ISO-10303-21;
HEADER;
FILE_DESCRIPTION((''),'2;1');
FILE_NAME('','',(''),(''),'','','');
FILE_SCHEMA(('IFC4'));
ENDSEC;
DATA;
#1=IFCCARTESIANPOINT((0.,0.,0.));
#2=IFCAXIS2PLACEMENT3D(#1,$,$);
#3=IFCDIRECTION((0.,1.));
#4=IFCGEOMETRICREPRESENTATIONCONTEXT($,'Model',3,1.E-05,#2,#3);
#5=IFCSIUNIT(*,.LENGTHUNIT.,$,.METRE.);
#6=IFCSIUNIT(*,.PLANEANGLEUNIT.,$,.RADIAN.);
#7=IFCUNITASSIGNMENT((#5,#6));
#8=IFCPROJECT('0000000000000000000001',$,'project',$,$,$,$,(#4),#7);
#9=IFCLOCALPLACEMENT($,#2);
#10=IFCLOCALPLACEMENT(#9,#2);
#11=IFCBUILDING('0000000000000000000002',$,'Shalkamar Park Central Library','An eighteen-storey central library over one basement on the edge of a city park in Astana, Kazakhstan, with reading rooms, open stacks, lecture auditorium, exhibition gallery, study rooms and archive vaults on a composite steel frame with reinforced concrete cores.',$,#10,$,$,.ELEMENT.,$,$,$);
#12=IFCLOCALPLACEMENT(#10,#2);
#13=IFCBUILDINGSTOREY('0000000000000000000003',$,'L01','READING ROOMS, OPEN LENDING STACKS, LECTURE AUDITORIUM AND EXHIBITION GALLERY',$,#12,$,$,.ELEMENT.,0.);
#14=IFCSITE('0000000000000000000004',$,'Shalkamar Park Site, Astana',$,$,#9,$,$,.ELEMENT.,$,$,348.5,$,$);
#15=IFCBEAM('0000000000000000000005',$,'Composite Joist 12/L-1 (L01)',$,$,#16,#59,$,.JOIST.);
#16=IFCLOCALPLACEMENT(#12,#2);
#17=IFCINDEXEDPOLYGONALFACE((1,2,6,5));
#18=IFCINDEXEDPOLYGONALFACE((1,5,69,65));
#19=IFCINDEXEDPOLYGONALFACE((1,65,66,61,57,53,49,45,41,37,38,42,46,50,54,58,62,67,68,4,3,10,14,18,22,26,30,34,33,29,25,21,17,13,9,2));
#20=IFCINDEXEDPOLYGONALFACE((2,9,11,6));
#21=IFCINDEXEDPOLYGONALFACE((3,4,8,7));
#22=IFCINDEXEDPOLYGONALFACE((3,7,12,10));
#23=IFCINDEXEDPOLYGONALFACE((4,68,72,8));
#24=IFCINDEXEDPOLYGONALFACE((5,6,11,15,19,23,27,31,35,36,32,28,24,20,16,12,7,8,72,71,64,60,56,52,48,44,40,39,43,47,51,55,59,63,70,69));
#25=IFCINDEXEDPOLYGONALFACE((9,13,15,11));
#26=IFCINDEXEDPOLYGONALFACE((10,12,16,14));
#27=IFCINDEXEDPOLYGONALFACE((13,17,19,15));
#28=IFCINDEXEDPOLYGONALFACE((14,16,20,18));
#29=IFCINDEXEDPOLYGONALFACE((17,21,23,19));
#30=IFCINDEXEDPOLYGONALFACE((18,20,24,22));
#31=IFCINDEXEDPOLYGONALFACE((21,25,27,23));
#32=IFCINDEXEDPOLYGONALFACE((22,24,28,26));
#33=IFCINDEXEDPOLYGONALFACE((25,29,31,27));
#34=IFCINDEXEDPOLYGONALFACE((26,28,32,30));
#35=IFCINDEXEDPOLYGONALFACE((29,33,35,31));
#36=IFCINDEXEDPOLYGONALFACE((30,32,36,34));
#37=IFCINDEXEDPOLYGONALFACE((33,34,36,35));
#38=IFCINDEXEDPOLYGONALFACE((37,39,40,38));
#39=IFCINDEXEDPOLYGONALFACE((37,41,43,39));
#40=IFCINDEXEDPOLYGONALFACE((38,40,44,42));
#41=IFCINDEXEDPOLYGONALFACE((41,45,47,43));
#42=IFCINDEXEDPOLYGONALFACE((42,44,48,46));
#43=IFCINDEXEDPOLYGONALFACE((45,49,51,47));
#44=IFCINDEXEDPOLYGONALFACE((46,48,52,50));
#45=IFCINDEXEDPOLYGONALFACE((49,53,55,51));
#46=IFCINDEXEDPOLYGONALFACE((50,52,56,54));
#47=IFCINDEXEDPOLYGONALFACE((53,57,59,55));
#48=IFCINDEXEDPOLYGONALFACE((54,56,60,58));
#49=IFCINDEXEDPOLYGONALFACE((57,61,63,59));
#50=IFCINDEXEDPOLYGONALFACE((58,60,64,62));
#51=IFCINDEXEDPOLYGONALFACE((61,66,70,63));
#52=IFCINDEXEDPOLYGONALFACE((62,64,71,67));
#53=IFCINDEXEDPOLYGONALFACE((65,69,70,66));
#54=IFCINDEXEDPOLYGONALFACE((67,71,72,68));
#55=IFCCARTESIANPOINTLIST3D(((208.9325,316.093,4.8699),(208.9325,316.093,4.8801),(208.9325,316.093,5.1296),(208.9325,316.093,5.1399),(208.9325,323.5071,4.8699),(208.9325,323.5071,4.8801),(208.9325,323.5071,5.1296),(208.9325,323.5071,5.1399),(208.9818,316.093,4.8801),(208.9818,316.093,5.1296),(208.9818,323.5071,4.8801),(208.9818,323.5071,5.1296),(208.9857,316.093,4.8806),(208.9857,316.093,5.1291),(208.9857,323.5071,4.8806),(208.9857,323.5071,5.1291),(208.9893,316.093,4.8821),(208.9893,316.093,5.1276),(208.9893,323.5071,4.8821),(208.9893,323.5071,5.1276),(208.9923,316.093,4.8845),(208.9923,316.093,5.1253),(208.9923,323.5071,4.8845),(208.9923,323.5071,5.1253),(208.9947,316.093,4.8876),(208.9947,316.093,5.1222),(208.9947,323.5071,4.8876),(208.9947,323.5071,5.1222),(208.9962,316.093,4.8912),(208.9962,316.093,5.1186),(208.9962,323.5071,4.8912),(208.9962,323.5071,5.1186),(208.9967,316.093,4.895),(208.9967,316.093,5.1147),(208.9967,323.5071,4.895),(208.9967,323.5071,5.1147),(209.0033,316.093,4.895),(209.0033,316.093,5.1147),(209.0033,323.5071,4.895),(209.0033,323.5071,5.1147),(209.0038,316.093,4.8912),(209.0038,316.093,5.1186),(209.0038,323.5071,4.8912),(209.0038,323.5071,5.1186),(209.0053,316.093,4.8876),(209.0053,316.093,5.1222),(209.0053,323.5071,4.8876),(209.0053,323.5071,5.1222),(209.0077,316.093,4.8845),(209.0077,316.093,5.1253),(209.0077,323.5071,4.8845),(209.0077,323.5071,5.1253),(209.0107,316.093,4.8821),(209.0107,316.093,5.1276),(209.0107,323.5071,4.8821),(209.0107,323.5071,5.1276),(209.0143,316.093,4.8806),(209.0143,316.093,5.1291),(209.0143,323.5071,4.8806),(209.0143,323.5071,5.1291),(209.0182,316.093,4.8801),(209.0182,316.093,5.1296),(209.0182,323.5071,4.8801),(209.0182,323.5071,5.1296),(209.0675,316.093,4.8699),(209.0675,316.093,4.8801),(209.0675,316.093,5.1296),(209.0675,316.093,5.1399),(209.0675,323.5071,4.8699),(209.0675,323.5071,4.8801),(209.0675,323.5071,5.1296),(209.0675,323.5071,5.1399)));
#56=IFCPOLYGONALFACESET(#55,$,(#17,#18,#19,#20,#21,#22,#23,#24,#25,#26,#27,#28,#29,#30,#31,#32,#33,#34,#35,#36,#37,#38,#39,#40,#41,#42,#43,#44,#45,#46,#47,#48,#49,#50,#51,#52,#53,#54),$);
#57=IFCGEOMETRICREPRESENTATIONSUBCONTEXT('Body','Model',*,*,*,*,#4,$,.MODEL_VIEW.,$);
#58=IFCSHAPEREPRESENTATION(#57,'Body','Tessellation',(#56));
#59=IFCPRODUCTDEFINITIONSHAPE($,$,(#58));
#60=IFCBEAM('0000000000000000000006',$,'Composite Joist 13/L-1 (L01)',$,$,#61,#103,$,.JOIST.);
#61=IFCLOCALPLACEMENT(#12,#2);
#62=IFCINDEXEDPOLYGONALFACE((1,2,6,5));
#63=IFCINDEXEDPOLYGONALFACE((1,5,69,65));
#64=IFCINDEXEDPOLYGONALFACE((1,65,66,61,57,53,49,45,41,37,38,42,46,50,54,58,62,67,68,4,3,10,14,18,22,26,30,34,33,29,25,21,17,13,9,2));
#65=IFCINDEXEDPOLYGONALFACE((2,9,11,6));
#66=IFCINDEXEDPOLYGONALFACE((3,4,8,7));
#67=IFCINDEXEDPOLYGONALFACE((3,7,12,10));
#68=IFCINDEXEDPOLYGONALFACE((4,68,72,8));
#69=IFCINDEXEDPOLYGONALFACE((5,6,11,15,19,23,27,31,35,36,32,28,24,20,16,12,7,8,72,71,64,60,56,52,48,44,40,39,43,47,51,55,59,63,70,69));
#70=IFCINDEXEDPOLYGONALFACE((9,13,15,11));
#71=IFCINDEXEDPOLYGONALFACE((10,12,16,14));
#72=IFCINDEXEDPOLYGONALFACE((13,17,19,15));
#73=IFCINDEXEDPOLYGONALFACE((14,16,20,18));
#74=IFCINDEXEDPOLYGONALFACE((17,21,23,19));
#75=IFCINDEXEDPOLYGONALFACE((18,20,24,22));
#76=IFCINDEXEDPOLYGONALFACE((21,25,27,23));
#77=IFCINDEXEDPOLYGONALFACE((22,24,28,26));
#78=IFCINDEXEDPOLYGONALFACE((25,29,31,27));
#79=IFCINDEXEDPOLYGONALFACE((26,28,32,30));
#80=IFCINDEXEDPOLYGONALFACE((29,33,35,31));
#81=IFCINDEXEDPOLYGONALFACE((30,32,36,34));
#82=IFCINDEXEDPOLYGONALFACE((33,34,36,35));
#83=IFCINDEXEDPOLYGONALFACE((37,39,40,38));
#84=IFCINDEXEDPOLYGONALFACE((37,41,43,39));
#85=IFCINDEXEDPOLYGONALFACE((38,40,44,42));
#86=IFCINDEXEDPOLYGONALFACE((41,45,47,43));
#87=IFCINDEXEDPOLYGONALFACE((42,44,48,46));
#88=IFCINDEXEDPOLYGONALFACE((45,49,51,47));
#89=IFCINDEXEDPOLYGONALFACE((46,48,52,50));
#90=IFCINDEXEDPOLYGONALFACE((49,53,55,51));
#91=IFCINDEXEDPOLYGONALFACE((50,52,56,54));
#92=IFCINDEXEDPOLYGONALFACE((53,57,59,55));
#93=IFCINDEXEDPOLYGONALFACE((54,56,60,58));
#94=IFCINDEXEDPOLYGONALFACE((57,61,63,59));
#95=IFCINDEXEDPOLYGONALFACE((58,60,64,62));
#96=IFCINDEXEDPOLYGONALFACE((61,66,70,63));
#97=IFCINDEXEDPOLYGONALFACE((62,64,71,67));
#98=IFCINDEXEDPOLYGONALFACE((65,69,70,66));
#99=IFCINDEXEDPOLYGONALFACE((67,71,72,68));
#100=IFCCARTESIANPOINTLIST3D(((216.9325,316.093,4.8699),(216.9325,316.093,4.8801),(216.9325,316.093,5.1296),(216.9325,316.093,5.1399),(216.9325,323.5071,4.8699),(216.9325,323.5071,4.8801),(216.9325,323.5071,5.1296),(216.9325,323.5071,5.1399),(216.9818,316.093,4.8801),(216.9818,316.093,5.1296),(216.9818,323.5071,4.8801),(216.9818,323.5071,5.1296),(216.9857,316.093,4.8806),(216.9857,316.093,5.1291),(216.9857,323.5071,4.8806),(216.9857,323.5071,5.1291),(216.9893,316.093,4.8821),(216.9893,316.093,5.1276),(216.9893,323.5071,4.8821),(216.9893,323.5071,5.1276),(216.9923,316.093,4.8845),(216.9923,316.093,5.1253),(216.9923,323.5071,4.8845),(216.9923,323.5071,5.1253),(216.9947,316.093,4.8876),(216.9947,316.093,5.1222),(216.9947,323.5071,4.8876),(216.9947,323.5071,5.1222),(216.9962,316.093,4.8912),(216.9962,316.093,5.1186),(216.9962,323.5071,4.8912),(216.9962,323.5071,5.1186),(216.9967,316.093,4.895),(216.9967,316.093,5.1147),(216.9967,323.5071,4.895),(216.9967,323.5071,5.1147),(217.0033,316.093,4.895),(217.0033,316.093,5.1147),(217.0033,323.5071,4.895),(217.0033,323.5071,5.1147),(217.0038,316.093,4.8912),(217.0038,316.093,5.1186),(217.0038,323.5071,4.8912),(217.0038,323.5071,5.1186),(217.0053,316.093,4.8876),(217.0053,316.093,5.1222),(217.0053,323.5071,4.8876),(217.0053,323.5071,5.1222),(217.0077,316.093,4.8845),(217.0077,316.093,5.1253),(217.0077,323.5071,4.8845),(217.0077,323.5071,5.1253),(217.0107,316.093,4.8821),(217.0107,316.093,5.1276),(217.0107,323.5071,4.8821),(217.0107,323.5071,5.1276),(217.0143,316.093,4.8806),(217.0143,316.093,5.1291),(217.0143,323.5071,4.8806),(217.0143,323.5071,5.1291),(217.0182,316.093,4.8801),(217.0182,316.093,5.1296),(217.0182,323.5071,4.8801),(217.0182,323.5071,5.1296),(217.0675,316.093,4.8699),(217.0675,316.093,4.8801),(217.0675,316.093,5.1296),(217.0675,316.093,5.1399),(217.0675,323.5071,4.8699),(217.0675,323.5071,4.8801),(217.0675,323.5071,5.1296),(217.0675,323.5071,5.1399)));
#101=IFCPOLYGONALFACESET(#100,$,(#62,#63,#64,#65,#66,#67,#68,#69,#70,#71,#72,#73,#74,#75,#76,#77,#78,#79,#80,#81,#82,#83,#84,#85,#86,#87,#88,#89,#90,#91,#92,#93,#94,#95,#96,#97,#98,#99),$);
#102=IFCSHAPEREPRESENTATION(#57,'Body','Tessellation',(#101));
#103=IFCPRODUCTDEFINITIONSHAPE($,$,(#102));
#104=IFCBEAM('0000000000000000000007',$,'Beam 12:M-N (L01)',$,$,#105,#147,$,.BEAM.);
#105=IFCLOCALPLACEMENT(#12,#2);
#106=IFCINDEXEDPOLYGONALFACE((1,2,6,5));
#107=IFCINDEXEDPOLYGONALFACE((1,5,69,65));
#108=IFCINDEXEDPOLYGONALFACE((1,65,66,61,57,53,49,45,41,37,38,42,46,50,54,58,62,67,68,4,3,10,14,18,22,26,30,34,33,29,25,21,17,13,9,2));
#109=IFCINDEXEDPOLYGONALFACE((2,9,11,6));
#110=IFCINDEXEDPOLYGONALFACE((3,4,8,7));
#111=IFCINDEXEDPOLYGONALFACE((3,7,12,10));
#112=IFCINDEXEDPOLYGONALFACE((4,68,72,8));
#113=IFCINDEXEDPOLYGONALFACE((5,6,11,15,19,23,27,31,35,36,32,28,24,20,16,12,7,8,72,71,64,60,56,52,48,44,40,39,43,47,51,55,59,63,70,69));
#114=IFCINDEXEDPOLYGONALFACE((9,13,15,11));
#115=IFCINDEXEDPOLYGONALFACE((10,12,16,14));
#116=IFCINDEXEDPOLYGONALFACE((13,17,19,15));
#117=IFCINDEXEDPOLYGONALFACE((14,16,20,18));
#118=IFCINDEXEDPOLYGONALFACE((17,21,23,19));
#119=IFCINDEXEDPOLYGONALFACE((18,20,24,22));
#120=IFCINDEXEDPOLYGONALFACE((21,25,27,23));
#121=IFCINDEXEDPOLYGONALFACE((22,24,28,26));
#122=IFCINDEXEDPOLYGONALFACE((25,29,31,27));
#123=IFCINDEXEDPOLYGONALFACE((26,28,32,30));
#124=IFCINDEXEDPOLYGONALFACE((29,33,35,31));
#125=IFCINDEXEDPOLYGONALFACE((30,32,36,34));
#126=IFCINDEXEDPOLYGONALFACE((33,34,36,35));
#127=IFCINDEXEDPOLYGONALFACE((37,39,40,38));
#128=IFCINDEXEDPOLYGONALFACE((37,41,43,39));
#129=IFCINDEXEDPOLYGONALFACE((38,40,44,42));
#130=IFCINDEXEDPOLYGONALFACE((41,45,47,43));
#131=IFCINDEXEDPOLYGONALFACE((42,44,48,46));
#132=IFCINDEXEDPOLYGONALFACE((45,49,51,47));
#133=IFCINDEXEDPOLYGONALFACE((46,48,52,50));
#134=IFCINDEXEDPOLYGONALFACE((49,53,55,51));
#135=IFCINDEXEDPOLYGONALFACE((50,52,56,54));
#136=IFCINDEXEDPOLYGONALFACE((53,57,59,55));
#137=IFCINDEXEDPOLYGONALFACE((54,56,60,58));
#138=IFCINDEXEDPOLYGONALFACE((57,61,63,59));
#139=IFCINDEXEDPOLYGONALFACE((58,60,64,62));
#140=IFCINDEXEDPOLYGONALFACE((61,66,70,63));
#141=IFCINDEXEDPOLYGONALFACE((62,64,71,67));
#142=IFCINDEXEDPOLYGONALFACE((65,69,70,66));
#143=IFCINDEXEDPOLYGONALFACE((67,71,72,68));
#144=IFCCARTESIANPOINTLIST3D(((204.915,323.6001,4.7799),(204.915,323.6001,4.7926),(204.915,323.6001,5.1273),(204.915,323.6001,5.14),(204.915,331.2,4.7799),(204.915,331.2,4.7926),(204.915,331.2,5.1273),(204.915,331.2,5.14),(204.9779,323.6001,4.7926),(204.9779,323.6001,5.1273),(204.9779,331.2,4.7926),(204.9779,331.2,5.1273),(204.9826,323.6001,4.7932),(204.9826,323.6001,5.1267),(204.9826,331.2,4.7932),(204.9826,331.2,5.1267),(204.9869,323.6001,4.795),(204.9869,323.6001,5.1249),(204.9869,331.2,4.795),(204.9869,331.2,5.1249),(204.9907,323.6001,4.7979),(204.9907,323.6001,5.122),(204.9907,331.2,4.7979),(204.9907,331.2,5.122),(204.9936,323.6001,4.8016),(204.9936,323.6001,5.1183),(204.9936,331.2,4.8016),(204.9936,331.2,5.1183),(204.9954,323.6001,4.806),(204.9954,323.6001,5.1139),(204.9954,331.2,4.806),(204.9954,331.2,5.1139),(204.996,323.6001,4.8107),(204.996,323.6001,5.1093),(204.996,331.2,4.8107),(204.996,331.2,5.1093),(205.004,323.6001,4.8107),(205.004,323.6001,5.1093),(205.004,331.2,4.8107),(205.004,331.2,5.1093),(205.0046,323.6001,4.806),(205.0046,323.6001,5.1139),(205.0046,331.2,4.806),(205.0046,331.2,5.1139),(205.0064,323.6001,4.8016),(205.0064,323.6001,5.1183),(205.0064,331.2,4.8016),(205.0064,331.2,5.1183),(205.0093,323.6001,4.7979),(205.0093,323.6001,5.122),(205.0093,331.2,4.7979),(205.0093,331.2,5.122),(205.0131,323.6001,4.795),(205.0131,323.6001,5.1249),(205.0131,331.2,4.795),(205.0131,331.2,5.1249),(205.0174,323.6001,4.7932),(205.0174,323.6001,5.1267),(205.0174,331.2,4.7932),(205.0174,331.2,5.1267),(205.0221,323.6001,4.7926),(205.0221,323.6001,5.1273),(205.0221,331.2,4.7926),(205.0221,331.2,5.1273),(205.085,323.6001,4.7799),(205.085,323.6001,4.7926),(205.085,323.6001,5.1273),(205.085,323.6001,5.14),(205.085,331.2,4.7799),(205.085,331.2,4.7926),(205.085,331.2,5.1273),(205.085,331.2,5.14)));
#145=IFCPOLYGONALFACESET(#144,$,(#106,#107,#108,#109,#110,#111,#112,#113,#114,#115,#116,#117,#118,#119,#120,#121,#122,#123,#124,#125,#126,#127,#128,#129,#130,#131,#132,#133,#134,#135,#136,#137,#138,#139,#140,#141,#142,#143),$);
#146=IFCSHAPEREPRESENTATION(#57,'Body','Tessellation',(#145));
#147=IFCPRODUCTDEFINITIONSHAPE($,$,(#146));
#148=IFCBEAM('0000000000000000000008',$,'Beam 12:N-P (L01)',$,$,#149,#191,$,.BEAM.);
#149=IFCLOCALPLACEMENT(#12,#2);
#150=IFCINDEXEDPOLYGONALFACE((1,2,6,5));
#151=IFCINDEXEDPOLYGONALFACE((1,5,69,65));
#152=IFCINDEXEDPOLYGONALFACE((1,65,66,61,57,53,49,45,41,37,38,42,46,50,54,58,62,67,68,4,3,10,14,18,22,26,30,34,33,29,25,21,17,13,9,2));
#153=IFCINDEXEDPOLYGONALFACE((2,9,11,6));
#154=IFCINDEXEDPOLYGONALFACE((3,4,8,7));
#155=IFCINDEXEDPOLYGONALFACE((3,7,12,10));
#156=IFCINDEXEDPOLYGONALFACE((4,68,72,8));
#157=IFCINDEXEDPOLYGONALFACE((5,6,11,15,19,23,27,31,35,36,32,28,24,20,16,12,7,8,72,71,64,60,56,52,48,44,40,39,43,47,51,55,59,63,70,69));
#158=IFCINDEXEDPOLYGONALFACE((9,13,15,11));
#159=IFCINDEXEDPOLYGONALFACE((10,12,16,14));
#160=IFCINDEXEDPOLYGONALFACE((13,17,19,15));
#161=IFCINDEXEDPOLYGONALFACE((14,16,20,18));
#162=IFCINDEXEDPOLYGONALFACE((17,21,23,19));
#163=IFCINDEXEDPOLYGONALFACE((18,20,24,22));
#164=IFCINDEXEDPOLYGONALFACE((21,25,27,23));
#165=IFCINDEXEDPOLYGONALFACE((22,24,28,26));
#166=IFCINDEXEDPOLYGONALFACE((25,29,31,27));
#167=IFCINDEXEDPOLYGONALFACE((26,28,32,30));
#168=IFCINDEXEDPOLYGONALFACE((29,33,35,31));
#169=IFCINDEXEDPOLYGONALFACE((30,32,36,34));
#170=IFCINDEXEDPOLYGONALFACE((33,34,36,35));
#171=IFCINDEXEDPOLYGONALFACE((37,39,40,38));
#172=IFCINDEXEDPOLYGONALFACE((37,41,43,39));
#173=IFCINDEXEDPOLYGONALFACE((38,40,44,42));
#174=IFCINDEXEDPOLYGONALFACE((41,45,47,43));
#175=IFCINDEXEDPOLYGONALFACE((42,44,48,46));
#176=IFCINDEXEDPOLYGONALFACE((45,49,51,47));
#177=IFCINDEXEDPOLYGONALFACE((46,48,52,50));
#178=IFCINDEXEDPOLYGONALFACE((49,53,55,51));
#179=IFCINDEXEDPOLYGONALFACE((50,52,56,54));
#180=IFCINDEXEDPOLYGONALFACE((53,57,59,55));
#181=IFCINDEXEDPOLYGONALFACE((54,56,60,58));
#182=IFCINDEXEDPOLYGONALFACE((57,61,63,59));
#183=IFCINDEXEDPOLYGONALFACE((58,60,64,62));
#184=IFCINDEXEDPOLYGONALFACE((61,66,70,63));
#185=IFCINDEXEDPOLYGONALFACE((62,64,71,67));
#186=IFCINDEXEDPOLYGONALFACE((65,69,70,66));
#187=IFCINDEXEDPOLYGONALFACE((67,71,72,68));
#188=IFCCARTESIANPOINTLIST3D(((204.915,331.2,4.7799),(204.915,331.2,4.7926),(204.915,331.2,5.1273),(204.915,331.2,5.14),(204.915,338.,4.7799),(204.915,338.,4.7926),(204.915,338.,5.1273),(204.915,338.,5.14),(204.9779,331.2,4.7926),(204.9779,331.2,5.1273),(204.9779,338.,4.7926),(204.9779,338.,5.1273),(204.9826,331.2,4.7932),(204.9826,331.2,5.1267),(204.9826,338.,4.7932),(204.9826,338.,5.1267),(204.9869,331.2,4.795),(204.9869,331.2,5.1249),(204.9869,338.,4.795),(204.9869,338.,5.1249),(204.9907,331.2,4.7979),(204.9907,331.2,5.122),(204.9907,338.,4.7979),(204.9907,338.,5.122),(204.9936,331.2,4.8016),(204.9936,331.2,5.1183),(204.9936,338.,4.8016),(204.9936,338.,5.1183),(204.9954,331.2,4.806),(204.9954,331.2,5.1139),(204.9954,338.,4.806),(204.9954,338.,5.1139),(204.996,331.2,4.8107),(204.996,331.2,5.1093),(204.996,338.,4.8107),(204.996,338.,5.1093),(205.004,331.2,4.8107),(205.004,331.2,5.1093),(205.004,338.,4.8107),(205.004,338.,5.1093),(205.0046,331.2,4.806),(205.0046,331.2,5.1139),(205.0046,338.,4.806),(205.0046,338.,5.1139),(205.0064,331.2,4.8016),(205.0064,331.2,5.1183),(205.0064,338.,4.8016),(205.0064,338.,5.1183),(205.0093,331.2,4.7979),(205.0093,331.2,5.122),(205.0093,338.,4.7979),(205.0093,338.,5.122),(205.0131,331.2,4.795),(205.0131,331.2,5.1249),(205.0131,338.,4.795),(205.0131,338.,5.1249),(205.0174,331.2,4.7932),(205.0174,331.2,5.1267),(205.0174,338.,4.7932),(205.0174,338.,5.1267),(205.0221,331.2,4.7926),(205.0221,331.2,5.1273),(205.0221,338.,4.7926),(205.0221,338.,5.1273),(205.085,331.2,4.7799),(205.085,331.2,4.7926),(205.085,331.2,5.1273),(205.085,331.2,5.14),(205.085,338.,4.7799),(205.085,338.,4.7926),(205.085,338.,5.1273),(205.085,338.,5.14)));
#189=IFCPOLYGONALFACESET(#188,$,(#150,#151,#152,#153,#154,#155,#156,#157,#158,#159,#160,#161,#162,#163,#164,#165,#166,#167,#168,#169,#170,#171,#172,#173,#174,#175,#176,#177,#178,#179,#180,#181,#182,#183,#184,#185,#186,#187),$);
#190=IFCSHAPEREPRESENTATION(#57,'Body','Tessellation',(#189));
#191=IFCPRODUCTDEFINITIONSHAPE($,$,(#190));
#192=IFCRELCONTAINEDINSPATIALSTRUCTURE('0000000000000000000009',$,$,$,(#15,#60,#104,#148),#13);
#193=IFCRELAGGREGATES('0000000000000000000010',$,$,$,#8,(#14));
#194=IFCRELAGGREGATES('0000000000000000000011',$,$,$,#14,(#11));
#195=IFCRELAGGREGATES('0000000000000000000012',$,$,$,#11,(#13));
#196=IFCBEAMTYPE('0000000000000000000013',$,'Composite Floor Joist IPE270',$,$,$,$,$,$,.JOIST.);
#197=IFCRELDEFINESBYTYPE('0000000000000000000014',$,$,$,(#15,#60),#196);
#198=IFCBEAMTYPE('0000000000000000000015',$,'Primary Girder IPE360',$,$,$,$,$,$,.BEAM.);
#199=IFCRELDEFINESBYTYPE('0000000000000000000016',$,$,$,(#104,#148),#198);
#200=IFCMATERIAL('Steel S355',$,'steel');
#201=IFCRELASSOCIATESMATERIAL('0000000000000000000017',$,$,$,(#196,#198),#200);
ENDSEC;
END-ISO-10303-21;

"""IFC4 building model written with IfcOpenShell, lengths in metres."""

from ifc_helpers import new_model, si_unit, direction, frame, origin, origin_2d, place, context, subcontext, project, spatial, i_section, extrude, material, material_profile, profile_set, type_object, element, save


model = new_model("IFC4")

# Units and contexts
model_context = context("Model", 3, precision=1e-05, world=origin(), true_north=direction((0.0, 1.0)))
body_context = subcontext(model_context, "Body", "Model", "MODEL_VIEW")
ifc_project = project(units=[si_unit("LENGTHUNIT", "METRE"), si_unit("PLANEANGLEUNIT", "RADIAN")], contexts=[model_context])

# Site, building, storey
site_placement = place(None, origin())
site = spatial("IfcSite", under=ifc_project, at=site_placement, Name="Shalkamar Park Site, Astana", CompositionType="ELEMENT", RefElevation=348.5)
building_placement = place(site_placement, origin())
building = spatial("IfcBuilding", under=site, at=building_placement, Name="Shalkamar Park Central Library", Description="An eighteen-storey central library over one basement on the edge of a city park in Astana, Kazakhstan, with reading rooms, open stacks, lecture auditorium, exhibition gallery, study rooms and archive vaults on a composite steel frame with reinforced concrete cores.", CompositionType="ELEMENT")
storey_placement = place(building_placement, origin())
storey = spatial("IfcBuildingStorey", under=building, at=storey_placement, Name="L01", Description="READING ROOMS, OPEN LENDING STACKS, LECTURE AUDITORIUM AND EXHIBITION GALLERY", CompositionType="ELEMENT", Elevation=0.0)

# Shared definitions
ifc_material_1 = material(Name="Steel S355", Category="steel")

# Beams
ifc_material_profile_1 = material_profile(ifc_material_1, i_section(OverallWidth=0.135, OverallDepth=0.27, WebThickness=0.0066, FlangeThickness=0.0103, FilletRadius=0.0149, at=origin_2d()), Name="IPE 270")
ifc_profile_set_1 = profile_set([ifc_material_profile_1], Name="Steel S355")
beam_type_1 = type_object("IfcBeamType", Name="Composite Floor Joist IPE270", PredefinedType="JOIST", material=ifc_profile_set_1)
for number, where, z_axis, x_axis, name in (
    (1, (209.0, 316.093, 5.0049), (0.0, 1.0, 0.0), (-1.0, 0.0, 0.0), "Composite Joist 12/L-1 (L01)"),
    (2, (217.0, 316.093, 5.0049), (0.0, 1.0, 0.0), (-1.0, 0.0, 0.0), "Composite Joist 13/L-1 (L01)"),
):
    element("IfcBeam", number, at=place(storey_placement, frame(where, z_axis=z_axis, x_axis=x_axis)), inside=storey, type_object=beam_type_1, Name=name, PredefinedType="JOIST", context=body_context, shape_type="SweptSolid", body=[
        extrude(i_section(OverallWidth=0.135, OverallDepth=0.27, WebThickness=0.0066, FlangeThickness=0.0103, FilletRadius=0.0149, at=origin_2d()), origin(), (0.0, 0.0, 1.0), 7.4141),
    ])
ifc_material_profile_2 = material_profile(ifc_material_1, i_section(OverallWidth=0.1699, OverallDepth=0.3601, WebThickness=0.0081, FlangeThickness=0.0127, FilletRadius=0.0181, at=origin_2d()), Name="IPE 360")
ifc_profile_set_2 = profile_set([ifc_material_profile_2], Name="Steel S355")
beam_type_2 = type_object("IfcBeamType", Name="Primary Girder IPE360", PredefinedType="BEAM", material=ifc_profile_set_2)
beam_1_placement = place(storey_placement, frame((205.0, 323.6001, 4.96), z_axis=(0.0, 1.0, 0.0), x_axis=(-1.0, 0.0, 0.0)))
element("IfcBeam", 3, at=beam_1_placement, inside=storey, type_object=beam_type_2, Name="Beam 12:M-N (L01)", PredefinedType="BEAM", context=body_context, shape_type="SweptSolid", body=[
    extrude(i_section(OverallWidth=0.1699, OverallDepth=0.3601, WebThickness=0.0081, FlangeThickness=0.0127, FilletRadius=0.0181, at=origin_2d()), origin(), (0.0, 0.0, 1.0), 7.5999),
])
beam_2_placement = place(storey_placement, frame((205.0, 331.2, 4.96), z_axis=(0.0, 1.0, 0.0), x_axis=(-1.0, 0.0, 0.0)))
element("IfcBeam", 4, at=beam_2_placement, inside=storey, type_object=beam_type_2, Name="Beam 12:N-P (L01)", PredefinedType="BEAM", context=body_context, shape_type="SweptSolid", body=[
    extrude(i_section(OverallWidth=0.1699, OverallDepth=0.3601, WebThickness=0.0081, FlangeThickness=0.0127, FilletRadius=0.0181, at=origin_2d()), origin(), (0.0, 0.0, 1.0), 6.8),
])

save(model, "model.ifc")
